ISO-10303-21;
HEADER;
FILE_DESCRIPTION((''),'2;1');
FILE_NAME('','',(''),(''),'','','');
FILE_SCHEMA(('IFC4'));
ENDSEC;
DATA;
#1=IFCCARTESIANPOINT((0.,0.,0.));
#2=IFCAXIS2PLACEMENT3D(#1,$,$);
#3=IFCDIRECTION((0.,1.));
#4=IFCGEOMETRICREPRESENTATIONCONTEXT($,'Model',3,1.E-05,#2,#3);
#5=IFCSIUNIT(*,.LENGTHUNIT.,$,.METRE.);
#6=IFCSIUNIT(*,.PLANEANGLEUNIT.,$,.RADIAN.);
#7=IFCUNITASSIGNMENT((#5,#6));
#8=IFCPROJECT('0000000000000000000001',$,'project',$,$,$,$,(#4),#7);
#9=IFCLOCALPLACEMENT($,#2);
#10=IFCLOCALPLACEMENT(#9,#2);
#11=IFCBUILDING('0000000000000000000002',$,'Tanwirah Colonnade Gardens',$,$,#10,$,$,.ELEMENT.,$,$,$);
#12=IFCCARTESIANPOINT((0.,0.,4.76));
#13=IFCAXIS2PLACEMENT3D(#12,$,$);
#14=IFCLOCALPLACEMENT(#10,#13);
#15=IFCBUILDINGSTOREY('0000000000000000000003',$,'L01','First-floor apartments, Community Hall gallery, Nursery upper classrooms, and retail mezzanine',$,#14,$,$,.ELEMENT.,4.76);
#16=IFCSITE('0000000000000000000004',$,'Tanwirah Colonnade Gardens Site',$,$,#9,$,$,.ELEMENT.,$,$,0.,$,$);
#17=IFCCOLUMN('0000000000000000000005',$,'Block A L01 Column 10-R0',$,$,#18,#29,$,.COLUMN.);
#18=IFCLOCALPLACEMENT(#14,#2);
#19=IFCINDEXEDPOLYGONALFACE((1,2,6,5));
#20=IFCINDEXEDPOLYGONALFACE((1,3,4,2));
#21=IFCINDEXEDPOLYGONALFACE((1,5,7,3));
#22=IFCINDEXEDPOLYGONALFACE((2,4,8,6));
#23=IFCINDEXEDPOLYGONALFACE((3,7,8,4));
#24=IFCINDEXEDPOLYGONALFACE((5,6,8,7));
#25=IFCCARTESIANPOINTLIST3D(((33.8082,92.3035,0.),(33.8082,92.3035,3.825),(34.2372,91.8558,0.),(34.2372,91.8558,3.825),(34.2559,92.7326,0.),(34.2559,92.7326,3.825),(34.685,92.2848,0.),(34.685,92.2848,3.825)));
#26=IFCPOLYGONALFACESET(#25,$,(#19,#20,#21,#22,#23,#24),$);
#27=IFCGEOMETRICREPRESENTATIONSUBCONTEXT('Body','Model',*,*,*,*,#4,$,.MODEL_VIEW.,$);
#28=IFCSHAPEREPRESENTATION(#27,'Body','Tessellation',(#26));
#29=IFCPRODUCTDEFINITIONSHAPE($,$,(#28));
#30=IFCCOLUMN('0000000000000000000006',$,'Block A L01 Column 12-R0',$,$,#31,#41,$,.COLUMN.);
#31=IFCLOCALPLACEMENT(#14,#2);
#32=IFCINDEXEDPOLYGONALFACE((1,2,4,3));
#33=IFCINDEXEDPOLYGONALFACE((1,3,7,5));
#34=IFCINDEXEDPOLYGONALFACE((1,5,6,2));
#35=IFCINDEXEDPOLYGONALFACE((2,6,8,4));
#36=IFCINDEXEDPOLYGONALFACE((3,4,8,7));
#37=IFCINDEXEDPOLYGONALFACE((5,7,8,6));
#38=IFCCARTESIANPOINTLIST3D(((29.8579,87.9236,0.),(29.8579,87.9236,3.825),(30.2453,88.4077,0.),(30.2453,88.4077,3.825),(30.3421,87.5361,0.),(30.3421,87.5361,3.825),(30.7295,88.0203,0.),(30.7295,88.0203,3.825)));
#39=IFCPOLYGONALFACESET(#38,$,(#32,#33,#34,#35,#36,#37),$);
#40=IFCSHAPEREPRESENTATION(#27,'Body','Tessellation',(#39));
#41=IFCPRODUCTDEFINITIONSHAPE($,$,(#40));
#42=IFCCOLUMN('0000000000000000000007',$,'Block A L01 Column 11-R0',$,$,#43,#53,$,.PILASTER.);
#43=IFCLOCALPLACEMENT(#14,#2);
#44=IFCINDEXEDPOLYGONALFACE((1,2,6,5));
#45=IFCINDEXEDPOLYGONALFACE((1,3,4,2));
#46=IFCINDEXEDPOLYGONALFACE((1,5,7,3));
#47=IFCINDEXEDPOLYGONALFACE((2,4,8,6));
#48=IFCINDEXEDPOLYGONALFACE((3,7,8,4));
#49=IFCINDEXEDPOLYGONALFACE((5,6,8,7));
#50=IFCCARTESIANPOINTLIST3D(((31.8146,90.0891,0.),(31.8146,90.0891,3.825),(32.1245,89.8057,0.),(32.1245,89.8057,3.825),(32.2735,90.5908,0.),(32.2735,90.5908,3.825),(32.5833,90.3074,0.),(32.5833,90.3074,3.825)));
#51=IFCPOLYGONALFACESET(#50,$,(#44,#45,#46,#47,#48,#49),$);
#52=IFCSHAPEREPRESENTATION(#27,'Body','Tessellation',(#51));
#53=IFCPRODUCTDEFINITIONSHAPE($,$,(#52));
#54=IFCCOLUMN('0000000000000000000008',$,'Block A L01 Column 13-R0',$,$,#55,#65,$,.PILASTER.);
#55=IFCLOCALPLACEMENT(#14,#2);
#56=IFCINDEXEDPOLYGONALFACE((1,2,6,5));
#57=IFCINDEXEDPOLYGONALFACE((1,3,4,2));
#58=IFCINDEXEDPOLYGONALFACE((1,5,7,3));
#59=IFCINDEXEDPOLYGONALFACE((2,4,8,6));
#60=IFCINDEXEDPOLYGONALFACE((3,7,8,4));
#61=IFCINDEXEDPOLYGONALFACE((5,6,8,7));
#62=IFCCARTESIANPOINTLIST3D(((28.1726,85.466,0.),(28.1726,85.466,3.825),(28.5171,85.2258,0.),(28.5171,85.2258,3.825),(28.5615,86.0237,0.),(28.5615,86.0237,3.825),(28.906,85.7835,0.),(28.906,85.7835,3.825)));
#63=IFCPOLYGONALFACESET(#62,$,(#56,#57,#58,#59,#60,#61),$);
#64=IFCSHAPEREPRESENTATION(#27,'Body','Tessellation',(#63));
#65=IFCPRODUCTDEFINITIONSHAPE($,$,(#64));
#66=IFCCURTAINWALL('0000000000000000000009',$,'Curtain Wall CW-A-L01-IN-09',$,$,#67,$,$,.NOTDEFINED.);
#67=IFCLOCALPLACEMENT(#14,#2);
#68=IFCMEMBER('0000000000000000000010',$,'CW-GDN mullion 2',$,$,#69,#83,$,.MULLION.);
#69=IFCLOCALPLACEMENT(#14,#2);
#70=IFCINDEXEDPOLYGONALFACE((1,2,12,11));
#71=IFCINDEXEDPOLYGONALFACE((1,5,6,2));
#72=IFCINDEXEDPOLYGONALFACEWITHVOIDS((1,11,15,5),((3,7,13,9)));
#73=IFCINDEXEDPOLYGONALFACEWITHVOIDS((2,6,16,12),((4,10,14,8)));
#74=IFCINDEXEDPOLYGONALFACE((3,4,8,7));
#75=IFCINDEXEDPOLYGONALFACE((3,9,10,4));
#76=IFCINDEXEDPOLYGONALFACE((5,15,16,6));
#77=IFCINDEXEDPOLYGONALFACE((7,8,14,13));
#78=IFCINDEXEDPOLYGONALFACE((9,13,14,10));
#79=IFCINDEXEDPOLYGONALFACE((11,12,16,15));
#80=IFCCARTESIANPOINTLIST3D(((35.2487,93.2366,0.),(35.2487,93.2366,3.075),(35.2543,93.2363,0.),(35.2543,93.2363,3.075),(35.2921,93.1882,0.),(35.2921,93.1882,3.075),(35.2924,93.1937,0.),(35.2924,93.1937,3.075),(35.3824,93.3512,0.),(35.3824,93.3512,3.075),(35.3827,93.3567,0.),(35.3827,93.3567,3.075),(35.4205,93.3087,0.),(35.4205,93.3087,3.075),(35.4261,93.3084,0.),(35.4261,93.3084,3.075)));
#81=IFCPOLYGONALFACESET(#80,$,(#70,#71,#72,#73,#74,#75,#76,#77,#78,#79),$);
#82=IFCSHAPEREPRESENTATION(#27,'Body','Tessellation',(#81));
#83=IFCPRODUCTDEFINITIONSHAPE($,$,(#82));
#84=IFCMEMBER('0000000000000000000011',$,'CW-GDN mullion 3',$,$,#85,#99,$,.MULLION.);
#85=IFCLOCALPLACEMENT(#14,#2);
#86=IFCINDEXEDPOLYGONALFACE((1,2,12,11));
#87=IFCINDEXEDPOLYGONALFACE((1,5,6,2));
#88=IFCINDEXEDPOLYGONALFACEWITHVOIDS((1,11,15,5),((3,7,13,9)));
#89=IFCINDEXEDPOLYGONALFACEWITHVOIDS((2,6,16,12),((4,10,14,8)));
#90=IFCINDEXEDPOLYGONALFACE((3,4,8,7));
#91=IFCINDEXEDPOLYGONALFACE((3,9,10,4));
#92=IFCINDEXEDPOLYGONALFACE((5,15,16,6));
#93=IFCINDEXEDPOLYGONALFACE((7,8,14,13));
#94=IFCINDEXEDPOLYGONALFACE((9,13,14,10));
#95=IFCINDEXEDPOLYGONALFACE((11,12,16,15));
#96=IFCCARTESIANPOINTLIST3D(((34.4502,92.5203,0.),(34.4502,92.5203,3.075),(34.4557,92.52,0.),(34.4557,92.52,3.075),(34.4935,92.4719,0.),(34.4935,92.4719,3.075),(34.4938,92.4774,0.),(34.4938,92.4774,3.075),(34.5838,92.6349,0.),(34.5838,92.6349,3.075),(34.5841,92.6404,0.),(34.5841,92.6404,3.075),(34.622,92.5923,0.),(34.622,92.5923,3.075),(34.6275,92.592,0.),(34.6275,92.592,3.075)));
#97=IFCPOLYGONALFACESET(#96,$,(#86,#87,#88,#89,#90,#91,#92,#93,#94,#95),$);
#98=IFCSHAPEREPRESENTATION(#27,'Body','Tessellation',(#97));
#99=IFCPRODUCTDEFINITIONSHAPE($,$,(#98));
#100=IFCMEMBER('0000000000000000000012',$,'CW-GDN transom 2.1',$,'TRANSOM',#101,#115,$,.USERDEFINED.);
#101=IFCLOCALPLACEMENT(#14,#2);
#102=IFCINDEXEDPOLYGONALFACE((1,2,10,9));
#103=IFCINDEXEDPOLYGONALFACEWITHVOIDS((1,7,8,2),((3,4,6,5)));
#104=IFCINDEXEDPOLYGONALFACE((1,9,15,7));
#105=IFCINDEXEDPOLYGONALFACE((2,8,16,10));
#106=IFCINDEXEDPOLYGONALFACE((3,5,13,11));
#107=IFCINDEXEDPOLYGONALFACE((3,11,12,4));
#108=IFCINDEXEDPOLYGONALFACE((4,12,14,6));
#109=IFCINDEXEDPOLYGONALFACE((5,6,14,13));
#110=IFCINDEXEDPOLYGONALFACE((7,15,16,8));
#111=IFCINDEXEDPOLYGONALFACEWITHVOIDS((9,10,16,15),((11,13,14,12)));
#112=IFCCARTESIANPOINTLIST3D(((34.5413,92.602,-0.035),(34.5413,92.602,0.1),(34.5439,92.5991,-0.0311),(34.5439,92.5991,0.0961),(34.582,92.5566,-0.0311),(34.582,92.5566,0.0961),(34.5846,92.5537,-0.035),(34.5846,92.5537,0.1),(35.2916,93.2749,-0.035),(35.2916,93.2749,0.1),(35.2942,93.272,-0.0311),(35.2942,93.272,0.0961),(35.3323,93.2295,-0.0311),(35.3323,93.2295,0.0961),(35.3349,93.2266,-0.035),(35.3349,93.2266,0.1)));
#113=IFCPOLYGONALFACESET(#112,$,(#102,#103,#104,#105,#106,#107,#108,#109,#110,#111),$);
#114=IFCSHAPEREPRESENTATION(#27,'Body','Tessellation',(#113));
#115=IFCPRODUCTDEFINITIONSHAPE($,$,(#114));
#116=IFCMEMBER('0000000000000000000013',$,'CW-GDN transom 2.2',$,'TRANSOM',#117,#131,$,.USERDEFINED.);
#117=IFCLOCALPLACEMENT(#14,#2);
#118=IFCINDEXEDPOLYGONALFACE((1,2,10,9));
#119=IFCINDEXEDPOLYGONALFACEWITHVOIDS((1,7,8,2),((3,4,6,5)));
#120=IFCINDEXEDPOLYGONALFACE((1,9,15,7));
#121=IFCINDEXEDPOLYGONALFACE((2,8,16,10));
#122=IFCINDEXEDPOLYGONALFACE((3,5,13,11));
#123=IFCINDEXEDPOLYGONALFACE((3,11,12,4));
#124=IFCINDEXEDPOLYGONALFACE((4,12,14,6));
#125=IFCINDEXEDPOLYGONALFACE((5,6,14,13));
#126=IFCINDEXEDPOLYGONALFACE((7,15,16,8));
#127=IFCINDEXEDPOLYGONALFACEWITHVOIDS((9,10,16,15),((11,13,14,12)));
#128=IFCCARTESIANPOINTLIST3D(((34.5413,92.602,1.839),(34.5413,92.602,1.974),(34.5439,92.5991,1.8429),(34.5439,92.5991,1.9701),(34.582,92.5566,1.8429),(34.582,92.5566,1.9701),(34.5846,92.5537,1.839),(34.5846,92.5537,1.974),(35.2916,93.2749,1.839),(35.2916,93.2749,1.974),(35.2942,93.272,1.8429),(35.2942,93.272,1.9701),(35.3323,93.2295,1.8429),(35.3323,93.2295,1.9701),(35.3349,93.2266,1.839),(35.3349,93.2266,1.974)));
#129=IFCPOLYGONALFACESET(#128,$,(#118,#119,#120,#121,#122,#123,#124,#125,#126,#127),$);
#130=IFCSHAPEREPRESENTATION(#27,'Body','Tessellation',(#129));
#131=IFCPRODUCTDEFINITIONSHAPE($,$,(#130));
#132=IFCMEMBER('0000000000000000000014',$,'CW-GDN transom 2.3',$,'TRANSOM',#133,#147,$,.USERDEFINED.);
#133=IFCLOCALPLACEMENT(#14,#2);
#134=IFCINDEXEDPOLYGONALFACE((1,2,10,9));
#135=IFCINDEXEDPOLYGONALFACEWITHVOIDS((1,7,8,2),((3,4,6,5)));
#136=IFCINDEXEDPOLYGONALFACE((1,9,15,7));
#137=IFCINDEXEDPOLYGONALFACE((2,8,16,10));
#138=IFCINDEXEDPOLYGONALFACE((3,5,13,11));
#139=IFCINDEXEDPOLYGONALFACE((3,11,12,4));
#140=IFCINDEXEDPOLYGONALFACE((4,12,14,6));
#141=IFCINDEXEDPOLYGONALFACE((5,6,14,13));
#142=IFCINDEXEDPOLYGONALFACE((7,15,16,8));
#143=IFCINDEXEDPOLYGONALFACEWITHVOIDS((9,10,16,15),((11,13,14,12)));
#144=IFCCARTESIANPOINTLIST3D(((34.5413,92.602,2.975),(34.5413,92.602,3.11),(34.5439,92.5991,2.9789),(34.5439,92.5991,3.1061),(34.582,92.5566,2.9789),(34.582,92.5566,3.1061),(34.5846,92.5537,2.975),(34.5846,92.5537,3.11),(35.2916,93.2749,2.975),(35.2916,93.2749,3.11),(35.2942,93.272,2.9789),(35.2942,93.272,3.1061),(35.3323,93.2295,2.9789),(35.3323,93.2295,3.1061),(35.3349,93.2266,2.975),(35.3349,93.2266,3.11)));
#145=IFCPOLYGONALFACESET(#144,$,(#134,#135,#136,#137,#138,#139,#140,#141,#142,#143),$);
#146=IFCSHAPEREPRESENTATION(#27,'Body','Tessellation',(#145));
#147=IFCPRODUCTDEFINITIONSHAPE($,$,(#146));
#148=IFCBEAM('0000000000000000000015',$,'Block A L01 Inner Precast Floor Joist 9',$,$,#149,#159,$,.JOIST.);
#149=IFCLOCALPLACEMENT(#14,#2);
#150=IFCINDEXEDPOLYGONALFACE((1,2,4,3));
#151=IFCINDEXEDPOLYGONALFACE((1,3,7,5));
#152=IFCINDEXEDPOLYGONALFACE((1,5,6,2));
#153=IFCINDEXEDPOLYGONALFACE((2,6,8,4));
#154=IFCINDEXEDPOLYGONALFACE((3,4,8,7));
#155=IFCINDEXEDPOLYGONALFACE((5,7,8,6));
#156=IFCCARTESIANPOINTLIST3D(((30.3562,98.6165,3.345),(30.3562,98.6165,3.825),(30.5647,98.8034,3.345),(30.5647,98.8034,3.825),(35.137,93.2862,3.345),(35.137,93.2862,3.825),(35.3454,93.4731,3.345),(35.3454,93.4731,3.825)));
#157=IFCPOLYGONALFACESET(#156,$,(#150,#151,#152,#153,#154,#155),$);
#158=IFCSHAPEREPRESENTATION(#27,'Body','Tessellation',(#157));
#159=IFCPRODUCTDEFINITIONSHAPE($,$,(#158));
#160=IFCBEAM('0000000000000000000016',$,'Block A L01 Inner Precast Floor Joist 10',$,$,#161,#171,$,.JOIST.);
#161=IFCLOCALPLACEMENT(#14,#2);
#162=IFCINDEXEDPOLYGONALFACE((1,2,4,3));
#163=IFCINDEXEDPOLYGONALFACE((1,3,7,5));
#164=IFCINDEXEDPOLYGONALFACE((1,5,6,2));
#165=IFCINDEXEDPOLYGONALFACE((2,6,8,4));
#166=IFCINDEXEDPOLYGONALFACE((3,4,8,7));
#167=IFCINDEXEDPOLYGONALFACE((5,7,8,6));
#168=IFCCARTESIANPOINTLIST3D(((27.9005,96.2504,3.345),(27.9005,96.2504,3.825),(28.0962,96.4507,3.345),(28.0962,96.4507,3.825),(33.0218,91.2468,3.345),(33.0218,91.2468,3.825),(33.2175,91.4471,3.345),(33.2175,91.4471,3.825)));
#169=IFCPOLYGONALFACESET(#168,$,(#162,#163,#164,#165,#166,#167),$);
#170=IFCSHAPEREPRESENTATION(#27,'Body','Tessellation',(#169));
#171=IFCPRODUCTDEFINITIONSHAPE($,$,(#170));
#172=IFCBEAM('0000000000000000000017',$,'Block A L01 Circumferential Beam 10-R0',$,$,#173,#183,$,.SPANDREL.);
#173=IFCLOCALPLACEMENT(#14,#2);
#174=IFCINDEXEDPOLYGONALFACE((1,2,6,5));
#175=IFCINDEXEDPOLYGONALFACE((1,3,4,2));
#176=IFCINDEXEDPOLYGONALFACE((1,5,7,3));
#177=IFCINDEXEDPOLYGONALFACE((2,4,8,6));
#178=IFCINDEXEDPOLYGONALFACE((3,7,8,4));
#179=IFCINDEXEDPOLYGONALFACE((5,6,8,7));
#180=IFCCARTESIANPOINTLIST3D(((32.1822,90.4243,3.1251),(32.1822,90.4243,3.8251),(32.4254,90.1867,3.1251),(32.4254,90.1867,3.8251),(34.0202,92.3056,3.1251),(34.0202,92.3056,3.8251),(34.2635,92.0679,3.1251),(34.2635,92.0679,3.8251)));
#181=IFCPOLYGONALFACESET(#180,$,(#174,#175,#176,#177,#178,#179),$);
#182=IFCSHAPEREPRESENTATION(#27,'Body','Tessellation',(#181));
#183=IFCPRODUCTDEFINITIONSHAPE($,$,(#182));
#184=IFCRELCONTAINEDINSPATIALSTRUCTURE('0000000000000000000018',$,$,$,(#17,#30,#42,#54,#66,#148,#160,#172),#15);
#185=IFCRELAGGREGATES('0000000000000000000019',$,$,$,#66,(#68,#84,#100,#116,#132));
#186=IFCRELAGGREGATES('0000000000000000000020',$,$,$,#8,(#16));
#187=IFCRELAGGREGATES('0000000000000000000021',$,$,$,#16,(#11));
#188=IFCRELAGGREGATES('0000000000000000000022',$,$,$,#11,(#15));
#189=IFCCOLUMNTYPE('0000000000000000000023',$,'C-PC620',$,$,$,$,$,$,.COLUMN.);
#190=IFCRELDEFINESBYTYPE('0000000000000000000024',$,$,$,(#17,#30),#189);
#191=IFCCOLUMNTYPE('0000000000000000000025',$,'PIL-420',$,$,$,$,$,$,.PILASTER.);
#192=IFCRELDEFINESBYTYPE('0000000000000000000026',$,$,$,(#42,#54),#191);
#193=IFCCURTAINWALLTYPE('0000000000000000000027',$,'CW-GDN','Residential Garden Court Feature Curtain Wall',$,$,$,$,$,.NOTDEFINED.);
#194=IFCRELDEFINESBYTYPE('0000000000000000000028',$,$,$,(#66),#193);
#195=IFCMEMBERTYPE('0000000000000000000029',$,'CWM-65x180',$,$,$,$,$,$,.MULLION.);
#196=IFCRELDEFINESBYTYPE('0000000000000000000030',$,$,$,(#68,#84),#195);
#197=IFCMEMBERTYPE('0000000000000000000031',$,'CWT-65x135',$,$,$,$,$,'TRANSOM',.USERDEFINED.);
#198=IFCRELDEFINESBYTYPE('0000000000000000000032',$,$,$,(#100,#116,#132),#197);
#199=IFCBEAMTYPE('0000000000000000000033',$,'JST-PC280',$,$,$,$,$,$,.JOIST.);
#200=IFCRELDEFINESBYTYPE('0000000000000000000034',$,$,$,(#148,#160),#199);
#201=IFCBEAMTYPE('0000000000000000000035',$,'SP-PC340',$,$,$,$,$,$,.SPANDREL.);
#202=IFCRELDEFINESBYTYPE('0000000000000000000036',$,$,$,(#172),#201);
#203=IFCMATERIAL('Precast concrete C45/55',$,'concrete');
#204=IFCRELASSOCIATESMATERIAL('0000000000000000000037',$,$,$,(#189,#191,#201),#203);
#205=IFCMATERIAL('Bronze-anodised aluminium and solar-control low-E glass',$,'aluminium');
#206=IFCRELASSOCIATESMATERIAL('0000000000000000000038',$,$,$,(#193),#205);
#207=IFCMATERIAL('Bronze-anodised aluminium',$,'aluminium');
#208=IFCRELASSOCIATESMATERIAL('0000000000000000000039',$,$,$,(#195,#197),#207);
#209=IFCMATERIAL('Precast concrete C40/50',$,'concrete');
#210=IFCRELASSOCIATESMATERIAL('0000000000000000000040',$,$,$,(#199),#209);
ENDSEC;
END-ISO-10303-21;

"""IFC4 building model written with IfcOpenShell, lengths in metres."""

from ifc_helpers import new_model, si_unit, direction, frame, origin, origin_2d, place, context, subcontext, project, spatial, rectangle, hollow_rectangle, extrude, material, material_profile, profile_set, type_object, element, aggregate, save


model = new_model("IFC4")

# Units and contexts
model_context = context("Model", 3, precision=1e-05, world=origin(), true_north=direction((0.0, 1.0)))
body_context = subcontext(model_context, "Body", "Model", "MODEL_VIEW")
ifc_project = project(units=[si_unit("LENGTHUNIT", "METRE"), si_unit("PLANEANGLEUNIT", "RADIAN")], contexts=[model_context])

# Site, building, storey
site_placement = place(None, origin())
site = spatial("IfcSite", under=ifc_project, at=site_placement, Name="Tanwirah Colonnade Gardens Site", CompositionType="ELEMENT", RefElevation=0.0)
building_placement = place(site_placement, origin())
building = spatial("IfcBuilding", under=site, at=building_placement, Name="Tanwirah Colonnade Gardens", CompositionType="ELEMENT")
storey_placement = place(building_placement, frame((0.0, 0.0, 4.76)))
storey = spatial("IfcBuildingStorey", under=building, at=storey_placement, Name="L01", Description="First-floor apartments, Community Hall gallery, Nursery upper classrooms, and retail mezzanine", CompositionType="ELEMENT", Elevation=4.76)

# Columns
ifc_material_1 = material(Name="Precast concrete C45/55", Category="concrete")
ifc_material_profile_1 = material_profile(ifc_material_1, rectangle(XDim=0.6201, YDim=0.6201, at=origin_2d()), Name="PC-COL 620x620")
ifc_profile_set_1 = profile_set([ifc_material_profile_1], Name="Precast concrete C45/55")
column_type_1 = type_object("IfcColumnType", Name="C-PC620", PredefinedType="COLUMN", material=ifc_profile_set_1)
for number, where, z_axis, x_axis, name in (
    (1, (34.2466, 92.2942, 0.0), (0.0, 0.0, 1.0), (-0.691863, 0.722029, 0.0), "Block A L01 Column 10-R0"),
    (2, (30.2937, 87.9719, 0.0), (0.0, 0.0, 1.0), (-0.780794, 0.624788, 0.0), "Block A L01 Column 12-R0"),
):
    element("IfcColumn", number, at=place(storey_placement, frame(where, z_axis=z_axis, x_axis=x_axis)), inside=storey, type_object=column_type_1, Name=name, PredefinedType="COLUMN", context=body_context, shape_type="SweptSolid", body=[
        extrude(rectangle(XDim=0.6201, YDim=0.6201, at=origin_2d()), origin(), (0.0, 0.0, 1.0), 3.825),
    ])
ifc_material_profile_2 = material_profile(ifc_material_1, rectangle(XDim=0.4199, YDim=0.6799, at=origin_2d()), Name="PC-PIL 420x680")
ifc_profile_set_2 = profile_set([ifc_material_profile_2], Name="Precast concrete C45/55")
column_type_2 = type_object("IfcColumnType", Name="PIL-420", PredefinedType="PILASTER", material=ifc_profile_set_2)
for number, where, z_axis, x_axis, name in (
    (3, (32.199, 90.1982, 0.0), (0.0, 0.0, 1.0), (-0.737932, 0.674875, 0.0), "Block A L01 Column 11-R0"),
    (4, (28.5393, 85.6248, 0.0), (0.0, 0.0, 1.0), (-0.820263, 0.571987, 0.0), "Block A L01 Column 13-R0"),
):
    element("IfcColumn", number, at=place(storey_placement, frame(where, z_axis=z_axis, x_axis=x_axis)), inside=storey, type_object=column_type_2, Name=name, PredefinedType="PILASTER", context=body_context, shape_type="SweptSolid", body=[
        extrude(rectangle(XDim=0.4199, YDim=0.6799, at=origin_2d()), origin(), (0.0, 0.0, 1.0), 3.825),
    ])

# Curtain wall, members
ifc_material_2 = material(Name="Bronze-anodised aluminium and solar-control low-E glass", Category="aluminium")
curtain_wall_type = type_object("IfcCurtainWallType", Name="CW-GDN", Description="Residential Garden Court Feature Curtain Wall", PredefinedType="NOTDEFINED", material=ifc_material_2)
curtain_wall_placement = place(storey_placement, origin())
curtain_wall = element("IfcCurtainWall", 5, at=curtain_wall_placement, inside=storey, type_object=curtain_wall_type, Name="Curtain Wall CW-A-L01-IN-09", PredefinedType="NOTDEFINED")
ifc_material_3 = material(Name="Bronze-anodised aluminium", Category="aluminium")
ifc_material_profile_3 = material_profile(ifc_material_3, hollow_rectangle(XDim=0.0649, YDim=0.1799, WallThickness=0.0039, at=origin_2d()), Name="CW-MUL 65x180x4")
ifc_profile_set_3 = profile_set([ifc_material_profile_3], Name="Bronze-anodised aluminium")
member_type_1 = type_object("IfcMemberType", Name="CWM-65x180", PredefinedType="MULLION", material=ifc_profile_set_3)
member_1_placement = place(storey_placement, frame((35.3374, 93.2725, 0.0), z_axis=(0.0, 0.0, 1.0), x_axis=(0.667689, -0.74444, 0.0)))
member_1 = element("IfcMember", 6, at=member_1_placement, type_object=member_type_1, Name="CW-GDN mullion 2", PredefinedType="MULLION", context=body_context, shape_type="SweptSolid", body=[
    extrude(hollow_rectangle(XDim=0.0649, YDim=0.1799, WallThickness=0.0039, at=origin_2d()), origin(), (0.0, 0.0, 1.0), 3.075),
])
member_2_placement = place(storey_placement, frame((34.5388, 92.5562, 0.0), z_axis=(0.0, 0.0, 1.0), x_axis=(0.667689, -0.74444, 0.0)))
member_2 = element("IfcMember", 7, at=member_2_placement, type_object=member_type_1, Name="CW-GDN mullion 3", PredefinedType="MULLION", context=body_context, shape_type="SweptSolid", body=[
    extrude(hollow_rectangle(XDim=0.0649, YDim=0.1799, WallThickness=0.0039, at=origin_2d()), origin(), (0.0, 0.0, 1.0), 3.075),
])
ifc_material_profile_4 = material_profile(ifc_material_3, hollow_rectangle(XDim=0.0649, YDim=0.135, WallThickness=0.0039, at=origin_2d()), Name="CW-TRN 65x135x4")
ifc_profile_set_4 = profile_set([ifc_material_profile_4], Name="Bronze-anodised aluminium")
member_type_2 = type_object("IfcMemberType", Name="CWT-65x135", ElementType="TRANSOM", PredefinedType="USERDEFINED", material=ifc_profile_set_4)
member_3_placement = place(storey_placement, frame((35.3132, 93.2507, 0.0325), z_axis=(-0.744461, -0.667665, 0.0), x_axis=(0.667665, -0.744461, 0.0)))
member_3 = element("IfcMember", 8, at=member_3_placement, type_object=member_type_2, Name="CW-GDN transom 2.1", ObjectType="TRANSOM", PredefinedType="USERDEFINED", context=body_context, shape_type="SweptSolid", body=[
    extrude(hollow_rectangle(XDim=0.0649, YDim=0.135, WallThickness=0.0039, at=origin_2d()), origin(), (0.0, 0.0, 1.0), 1.0078),
])
member_4_placement = place(storey_placement, frame((35.3132, 93.2507, 1.9065), z_axis=(-0.744461, -0.667665, 0.0), x_axis=(0.667665, -0.744461, 0.0)))
member_4 = element("IfcMember", 9, at=member_4_placement, type_object=member_type_2, Name="CW-GDN transom 2.2", ObjectType="TRANSOM", PredefinedType="USERDEFINED", context=body_context, shape_type="SweptSolid", body=[
    extrude(hollow_rectangle(XDim=0.0649, YDim=0.135, WallThickness=0.0039, at=origin_2d()), origin(), (0.0, 0.0, 1.0), 1.0078),
])
member_5_placement = place(storey_placement, frame((35.3132, 93.2507, 3.0425), z_axis=(-0.744461, -0.667665, 0.0), x_axis=(0.667665, -0.744461, 0.0)))
member_5 = element("IfcMember", 10, at=member_5_placement, type_object=member_type_2, Name="CW-GDN transom 2.3", ObjectType="TRANSOM", PredefinedType="USERDEFINED", context=body_context, shape_type="SweptSolid", body=[
    extrude(hollow_rectangle(XDim=0.0649, YDim=0.135, WallThickness=0.0039, at=origin_2d()), origin(), (0.0, 0.0, 1.0), 1.0078),
])

# Beams
ifc_material_4 = material(Name="Precast concrete C40/50", Category="concrete")
ifc_material_profile_5 = material_profile(ifc_material_4, rectangle(XDim=0.28, YDim=0.48, at=origin_2d()), Name="PC-JST 280x480")
ifc_profile_set_5 = profile_set([ifc_material_profile_5], Name="Precast concrete C40/50")
beam_type_1 = type_object("IfcBeamType", Name="JST-PC280", PredefinedType="JOIST", material=ifc_profile_set_5)
beam_1_placement = place(storey_placement, frame((35.2412, 93.3796, 3.585), z_axis=(-0.667688, 0.744441, 0.0), x_axis=(-0.744441, -0.667688, 0.0)))
element("IfcBeam", 11, at=beam_1_placement, inside=storey, type_object=beam_type_1, Name="Block A L01 Inner Precast Floor Joist 9", PredefinedType="JOIST", context=body_context, shape_type="SweptSolid", body=[
    extrude(rectangle(XDim=0.28, YDim=0.48, at=origin_2d()), origin(), (0.0, 0.0, 1.0), 7.1602),
])
beam_2_placement = place(storey_placement, frame((33.1196, 91.3469, 3.585), z_axis=(-0.715277, 0.698841, 0.0), x_axis=(-0.698841, -0.715277, 0.0)))
element("IfcBeam", 12, at=beam_2_placement, inside=storey, type_object=beam_type_1, Name="Block A L01 Inner Precast Floor Joist 10", PredefinedType="JOIST", context=body_context, shape_type="SweptSolid", body=[
    extrude(rectangle(XDim=0.28, YDim=0.48, at=origin_2d()), origin(), (0.0, 0.0, 1.0), 7.1599),
])
ifc_material_profile_6 = material_profile(ifc_material_1, rectangle(XDim=0.3401, YDim=0.7, at=origin_2d()), Name="PC-SP 340x700")
ifc_profile_set_6 = profile_set([ifc_material_profile_6], Name="Precast concrete C45/55")
beam_type_2 = type_object("IfcBeamType", Name="SP-PC340", PredefinedType="SPANDREL", material=ifc_profile_set_6)
beam_3_placement = place(storey_placement, frame((34.1418, 92.1868, 3.4751), z_axis=(-0.698844, -0.715274, 0.0), x_axis=(0.715274, -0.698844, 0.0)))
element("IfcBeam", 13, at=beam_3_placement, inside=storey, type_object=beam_type_2, Name="Block A L01 Circumferential Beam 10-R0", PredefinedType="SPANDREL", context=body_context, shape_type="SweptSolid", body=[
    extrude(rectangle(XDim=0.3401, YDim=0.7, at=origin_2d()), origin(), (0.0, 0.0, 1.0), 2.6301),
])

aggregate(curtain_wall, [member_1, member_2, member_3, member_4, member_5])

save(model, "model.ifc")
